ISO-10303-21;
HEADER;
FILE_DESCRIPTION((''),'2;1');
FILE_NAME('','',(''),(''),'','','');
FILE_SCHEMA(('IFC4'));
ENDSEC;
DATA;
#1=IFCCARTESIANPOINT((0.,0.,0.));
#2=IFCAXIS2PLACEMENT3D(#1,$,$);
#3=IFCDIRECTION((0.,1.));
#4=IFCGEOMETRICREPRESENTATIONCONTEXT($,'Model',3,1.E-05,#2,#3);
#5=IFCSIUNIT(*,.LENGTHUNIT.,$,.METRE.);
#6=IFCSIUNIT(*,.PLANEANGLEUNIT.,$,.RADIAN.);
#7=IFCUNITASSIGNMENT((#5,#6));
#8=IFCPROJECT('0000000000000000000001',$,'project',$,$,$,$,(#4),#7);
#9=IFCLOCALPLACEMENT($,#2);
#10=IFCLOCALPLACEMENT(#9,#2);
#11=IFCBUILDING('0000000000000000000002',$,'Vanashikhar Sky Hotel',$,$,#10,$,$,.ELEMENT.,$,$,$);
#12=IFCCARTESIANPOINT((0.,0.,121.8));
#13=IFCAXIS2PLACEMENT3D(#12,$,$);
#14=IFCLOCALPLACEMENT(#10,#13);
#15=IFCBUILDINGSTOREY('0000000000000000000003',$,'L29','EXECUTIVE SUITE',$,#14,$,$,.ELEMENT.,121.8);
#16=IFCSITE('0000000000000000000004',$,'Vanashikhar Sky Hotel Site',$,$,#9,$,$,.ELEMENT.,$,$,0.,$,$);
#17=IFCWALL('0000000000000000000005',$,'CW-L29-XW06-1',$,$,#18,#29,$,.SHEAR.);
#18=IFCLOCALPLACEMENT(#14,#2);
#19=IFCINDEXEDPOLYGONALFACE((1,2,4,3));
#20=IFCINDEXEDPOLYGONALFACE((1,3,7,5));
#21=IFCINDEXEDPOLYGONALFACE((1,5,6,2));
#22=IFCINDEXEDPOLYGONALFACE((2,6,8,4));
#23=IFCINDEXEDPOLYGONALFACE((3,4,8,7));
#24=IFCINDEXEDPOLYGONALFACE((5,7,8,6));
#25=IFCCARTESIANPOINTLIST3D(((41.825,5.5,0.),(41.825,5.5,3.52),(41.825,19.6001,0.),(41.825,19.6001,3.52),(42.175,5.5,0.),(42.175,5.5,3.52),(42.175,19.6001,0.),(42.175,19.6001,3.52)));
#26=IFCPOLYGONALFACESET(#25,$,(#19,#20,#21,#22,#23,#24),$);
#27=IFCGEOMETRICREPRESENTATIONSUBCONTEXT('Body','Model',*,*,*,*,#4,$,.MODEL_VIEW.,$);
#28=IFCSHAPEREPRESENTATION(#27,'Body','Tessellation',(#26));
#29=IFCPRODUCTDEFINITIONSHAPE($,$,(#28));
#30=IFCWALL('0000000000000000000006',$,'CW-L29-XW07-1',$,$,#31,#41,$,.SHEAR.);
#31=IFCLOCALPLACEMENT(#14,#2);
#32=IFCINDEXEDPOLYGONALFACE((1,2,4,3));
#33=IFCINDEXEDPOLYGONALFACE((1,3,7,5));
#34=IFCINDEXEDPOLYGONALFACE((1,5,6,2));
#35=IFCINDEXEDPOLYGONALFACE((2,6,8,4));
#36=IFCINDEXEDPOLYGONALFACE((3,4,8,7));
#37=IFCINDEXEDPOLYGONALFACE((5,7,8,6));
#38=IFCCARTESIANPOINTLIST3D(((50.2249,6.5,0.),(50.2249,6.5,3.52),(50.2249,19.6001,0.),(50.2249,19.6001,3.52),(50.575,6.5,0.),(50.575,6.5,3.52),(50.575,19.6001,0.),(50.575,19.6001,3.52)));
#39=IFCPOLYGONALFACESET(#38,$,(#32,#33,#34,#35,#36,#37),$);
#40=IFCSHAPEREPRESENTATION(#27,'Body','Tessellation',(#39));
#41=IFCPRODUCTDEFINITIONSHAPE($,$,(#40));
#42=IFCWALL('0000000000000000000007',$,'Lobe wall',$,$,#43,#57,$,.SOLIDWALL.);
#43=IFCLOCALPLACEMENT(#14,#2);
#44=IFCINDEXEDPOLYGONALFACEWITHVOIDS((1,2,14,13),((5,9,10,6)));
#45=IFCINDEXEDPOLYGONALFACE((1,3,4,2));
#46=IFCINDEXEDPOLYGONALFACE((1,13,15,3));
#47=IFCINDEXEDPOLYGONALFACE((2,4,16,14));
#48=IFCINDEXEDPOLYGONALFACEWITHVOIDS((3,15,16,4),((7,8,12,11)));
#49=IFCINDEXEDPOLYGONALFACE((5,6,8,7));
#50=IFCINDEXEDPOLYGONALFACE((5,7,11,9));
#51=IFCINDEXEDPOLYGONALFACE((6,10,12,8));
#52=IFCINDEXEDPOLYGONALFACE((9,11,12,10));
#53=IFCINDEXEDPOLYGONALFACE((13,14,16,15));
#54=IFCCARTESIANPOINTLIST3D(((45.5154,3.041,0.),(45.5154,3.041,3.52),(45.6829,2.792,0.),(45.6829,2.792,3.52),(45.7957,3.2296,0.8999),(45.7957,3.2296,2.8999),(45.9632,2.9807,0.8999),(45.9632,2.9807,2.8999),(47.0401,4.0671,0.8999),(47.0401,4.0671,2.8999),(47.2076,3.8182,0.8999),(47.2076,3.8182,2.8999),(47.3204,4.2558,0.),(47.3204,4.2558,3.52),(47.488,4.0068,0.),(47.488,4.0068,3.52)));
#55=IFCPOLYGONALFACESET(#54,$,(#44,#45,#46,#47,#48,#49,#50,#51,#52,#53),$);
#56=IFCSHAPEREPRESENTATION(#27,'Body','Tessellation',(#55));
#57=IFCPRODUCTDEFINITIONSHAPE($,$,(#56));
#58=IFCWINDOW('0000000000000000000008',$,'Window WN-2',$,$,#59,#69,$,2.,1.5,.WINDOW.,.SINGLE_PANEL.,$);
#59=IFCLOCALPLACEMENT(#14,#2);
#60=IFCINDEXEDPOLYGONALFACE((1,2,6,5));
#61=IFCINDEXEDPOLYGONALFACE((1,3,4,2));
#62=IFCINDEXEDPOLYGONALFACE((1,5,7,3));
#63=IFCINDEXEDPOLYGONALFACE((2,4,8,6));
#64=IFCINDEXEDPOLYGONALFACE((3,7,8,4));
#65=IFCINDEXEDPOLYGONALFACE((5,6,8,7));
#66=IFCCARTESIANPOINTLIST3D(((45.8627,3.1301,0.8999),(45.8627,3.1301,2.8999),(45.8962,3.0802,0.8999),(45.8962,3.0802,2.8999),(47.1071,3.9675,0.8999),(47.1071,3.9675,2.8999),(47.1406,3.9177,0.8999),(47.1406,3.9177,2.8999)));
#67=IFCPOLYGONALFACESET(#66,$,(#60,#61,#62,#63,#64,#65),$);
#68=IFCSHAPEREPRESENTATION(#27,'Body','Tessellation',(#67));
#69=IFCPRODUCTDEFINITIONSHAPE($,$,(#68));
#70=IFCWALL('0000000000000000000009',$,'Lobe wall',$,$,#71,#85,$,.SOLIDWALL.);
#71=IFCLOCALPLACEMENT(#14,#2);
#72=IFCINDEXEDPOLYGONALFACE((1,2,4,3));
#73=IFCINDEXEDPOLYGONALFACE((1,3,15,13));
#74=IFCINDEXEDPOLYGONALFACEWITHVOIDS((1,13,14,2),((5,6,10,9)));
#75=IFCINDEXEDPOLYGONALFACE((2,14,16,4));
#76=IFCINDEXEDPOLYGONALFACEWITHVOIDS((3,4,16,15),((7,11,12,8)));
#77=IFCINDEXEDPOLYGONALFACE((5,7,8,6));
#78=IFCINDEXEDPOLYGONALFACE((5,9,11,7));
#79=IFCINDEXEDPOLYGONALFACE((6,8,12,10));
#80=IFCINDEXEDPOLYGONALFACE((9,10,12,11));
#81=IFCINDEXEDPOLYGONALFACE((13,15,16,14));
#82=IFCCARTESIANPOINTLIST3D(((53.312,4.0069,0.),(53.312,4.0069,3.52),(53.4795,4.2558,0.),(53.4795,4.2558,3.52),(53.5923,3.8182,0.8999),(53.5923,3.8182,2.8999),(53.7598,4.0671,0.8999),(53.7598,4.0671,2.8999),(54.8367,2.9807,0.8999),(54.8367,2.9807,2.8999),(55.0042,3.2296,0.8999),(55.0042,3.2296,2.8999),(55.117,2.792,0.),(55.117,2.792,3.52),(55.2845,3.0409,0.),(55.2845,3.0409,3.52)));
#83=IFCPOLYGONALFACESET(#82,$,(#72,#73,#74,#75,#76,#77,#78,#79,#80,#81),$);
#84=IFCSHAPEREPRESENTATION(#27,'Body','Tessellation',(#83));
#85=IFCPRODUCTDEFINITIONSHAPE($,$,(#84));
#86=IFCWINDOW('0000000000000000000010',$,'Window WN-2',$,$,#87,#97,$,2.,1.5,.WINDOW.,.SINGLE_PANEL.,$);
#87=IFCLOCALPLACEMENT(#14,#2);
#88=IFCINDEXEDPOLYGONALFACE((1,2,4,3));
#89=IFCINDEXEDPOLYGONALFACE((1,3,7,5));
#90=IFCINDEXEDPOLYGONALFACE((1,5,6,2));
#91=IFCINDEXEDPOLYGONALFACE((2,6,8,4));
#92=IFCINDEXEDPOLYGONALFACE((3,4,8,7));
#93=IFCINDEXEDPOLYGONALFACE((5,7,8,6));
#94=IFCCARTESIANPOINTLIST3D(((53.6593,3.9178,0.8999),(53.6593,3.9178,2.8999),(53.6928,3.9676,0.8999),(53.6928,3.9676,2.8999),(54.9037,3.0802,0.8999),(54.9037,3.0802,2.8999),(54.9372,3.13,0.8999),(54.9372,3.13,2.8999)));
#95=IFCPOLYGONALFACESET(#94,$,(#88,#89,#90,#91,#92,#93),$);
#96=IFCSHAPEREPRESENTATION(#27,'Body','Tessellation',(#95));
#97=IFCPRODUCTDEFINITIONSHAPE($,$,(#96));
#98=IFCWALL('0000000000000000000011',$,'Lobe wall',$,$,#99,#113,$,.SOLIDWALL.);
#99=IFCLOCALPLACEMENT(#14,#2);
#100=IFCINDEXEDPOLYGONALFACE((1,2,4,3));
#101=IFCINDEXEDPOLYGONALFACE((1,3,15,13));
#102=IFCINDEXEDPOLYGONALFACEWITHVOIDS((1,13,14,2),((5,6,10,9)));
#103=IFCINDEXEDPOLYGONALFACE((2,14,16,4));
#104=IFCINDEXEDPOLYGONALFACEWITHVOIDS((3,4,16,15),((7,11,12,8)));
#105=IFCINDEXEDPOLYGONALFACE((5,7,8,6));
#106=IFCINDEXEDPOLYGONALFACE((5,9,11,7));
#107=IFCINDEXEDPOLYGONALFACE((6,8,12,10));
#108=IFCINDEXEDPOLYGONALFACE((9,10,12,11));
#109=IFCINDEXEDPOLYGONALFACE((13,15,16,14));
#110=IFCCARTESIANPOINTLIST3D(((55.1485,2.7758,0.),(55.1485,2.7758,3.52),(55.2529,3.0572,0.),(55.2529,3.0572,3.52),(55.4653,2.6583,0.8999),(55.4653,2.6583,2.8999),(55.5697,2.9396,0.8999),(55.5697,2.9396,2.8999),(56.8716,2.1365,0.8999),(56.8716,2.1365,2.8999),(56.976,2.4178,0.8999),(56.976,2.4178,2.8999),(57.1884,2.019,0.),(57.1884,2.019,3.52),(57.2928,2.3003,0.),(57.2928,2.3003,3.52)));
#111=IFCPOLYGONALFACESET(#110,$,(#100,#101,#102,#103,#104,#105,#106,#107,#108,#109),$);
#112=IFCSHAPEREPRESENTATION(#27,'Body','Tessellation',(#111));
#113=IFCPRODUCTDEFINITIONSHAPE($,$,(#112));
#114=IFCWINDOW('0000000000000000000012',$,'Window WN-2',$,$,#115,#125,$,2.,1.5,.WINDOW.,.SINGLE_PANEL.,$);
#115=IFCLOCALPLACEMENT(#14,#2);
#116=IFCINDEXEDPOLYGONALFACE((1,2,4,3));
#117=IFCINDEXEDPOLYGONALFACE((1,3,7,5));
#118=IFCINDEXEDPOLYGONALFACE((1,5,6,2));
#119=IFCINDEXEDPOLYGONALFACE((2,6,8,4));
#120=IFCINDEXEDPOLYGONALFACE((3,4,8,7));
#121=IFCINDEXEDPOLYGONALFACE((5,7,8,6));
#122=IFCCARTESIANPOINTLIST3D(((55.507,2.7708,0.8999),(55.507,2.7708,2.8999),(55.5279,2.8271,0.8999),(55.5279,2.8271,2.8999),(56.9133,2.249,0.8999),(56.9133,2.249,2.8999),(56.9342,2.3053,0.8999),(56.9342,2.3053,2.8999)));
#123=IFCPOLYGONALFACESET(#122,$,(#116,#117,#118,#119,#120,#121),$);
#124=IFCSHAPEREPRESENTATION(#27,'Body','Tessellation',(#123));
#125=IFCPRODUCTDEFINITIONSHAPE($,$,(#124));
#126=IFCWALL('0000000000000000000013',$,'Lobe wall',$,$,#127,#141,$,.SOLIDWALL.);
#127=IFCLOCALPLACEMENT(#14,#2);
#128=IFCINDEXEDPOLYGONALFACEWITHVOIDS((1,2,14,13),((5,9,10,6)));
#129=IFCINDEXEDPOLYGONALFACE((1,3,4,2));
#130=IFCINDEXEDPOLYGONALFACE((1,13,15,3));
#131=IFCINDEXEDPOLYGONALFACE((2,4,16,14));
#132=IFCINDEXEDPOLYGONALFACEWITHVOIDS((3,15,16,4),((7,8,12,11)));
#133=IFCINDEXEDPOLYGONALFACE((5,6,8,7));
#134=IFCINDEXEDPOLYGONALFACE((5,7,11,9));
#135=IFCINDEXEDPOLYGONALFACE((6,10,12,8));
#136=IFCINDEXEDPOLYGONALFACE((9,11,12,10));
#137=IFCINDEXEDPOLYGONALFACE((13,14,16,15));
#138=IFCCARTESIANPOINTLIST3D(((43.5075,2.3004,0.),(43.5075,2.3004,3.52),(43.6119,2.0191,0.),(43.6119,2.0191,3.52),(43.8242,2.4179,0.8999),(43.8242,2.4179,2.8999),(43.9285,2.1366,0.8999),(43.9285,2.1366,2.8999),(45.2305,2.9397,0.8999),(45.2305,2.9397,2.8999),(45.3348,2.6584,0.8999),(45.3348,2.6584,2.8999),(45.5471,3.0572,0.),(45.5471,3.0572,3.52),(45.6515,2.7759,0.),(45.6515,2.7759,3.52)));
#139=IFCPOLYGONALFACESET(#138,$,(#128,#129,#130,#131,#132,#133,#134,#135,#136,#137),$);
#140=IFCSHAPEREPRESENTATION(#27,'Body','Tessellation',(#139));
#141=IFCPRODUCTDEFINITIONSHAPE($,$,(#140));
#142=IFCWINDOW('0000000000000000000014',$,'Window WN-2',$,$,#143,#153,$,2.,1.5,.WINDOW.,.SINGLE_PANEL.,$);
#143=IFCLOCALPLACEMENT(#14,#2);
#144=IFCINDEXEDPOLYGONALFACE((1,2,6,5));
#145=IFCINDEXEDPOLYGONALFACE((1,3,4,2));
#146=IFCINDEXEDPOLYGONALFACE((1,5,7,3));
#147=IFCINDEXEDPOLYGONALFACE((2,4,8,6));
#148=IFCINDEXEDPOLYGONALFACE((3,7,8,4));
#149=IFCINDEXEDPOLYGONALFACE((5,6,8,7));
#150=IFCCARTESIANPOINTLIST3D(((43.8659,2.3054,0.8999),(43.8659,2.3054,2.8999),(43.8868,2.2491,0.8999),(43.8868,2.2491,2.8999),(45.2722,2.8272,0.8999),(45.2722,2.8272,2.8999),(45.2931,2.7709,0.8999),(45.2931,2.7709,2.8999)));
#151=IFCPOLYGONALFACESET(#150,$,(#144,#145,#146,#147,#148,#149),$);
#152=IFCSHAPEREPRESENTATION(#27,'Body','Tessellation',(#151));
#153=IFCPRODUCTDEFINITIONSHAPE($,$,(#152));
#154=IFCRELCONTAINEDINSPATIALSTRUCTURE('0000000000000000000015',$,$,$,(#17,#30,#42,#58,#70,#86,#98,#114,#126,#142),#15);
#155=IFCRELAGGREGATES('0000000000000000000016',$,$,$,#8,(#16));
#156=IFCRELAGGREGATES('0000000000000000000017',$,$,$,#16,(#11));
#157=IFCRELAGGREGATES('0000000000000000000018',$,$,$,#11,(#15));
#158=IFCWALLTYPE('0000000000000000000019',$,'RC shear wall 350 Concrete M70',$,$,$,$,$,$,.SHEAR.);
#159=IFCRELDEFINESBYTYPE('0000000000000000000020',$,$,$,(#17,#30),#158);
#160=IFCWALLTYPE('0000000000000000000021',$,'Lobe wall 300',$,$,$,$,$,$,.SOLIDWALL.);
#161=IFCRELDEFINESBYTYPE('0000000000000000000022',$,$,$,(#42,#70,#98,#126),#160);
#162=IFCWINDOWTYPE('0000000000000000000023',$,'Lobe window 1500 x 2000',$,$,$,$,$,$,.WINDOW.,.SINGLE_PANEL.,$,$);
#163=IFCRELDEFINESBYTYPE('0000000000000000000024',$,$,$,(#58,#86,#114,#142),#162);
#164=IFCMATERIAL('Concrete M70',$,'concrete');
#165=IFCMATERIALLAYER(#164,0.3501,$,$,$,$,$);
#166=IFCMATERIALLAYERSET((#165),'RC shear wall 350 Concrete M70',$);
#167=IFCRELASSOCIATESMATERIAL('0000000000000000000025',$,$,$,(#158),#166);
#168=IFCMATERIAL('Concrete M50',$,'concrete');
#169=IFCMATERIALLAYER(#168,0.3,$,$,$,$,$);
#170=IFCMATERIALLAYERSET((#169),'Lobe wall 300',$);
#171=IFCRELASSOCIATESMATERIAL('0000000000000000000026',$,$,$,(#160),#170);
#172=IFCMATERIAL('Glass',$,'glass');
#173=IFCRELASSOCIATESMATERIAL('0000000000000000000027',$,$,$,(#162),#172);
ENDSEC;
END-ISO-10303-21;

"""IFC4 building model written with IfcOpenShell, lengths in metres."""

from ifc_helpers import new_model, si_unit, direction, frame, frame_2d, origin, place, context, subcontext, project, spatial, rectangle, extrude, source, transform, mapped, material, layer, layer_set, type_object, element, fill, save


model = new_model("IFC4")

# Units and contexts
model_context = context("Model", 3, precision=1e-05, world=origin(), true_north=direction((0.0, 1.0)))
body_context = subcontext(model_context, "Body", "Model", "MODEL_VIEW")
ifc_project = project(units=[si_unit("LENGTHUNIT", "METRE"), si_unit("PLANEANGLEUNIT", "RADIAN")], contexts=[model_context])

# Site, building, storey
site_placement = place(None, origin())
site = spatial("IfcSite", under=ifc_project, at=site_placement, Name="Vanashikhar Sky Hotel Site", CompositionType="ELEMENT", RefElevation=0.0)
building_placement = place(site_placement, origin())
building = spatial("IfcBuilding", under=site, at=building_placement, Name="Vanashikhar Sky Hotel", CompositionType="ELEMENT")
storey_placement = place(building_placement, frame((0.0, 0.0, 121.8)))
storey = spatial("IfcBuildingStorey", under=building, at=storey_placement, Name="L29", Description="EXECUTIVE SUITE", CompositionType="ELEMENT", Elevation=121.8)

# Walls
ifc_material_1 = material(Name="Concrete M70", Category="concrete")
ifc_layer_1 = layer(ifc_material_1, 0.3501)
ifc_layer_set_1 = layer_set([ifc_layer_1], Name="RC shear wall 350 Concrete M70")
wall_type_1 = type_object("IfcWallType", Name="RC shear wall 350 Concrete M70", PredefinedType="SHEAR", material=ifc_layer_set_1)
shared_shape_1 = source(origin(), body_context, "Body", "SweptSolid", [
    extrude(rectangle(XDim=14.1001, YDim=0.3501, at=frame_2d((7.05, 0.0))), origin(), (0.0, 0.0, 1.0), 3.52),
])
wall_1_placement = place(storey_placement, frame((42.0, 5.5, 0.0), z_axis=(0.0, 0.0, 1.0), x_axis=(0.0, 1.0, 0.0)))
element("IfcWall", 1, at=wall_1_placement, inside=storey, type_object=wall_type_1, Name="CW-L29-XW06-1", PredefinedType="SHEAR", context=body_context, shape_type="MappedRepresentation", body=[
    mapped(shared_shape_1, transform((0.0, 0.0, 0.0), scale=1.0)),
])
shared_shape_2 = source(origin(), body_context, "Body", "SweptSolid", [
    extrude(rectangle(XDim=13.1001, YDim=0.3501, at=frame_2d((6.55, 0.0))), origin(), (0.0, 0.0, 1.0), 3.52),
])
wall_2_placement = place(storey_placement, frame((50.3999, 6.5, 0.0), z_axis=(0.0, 0.0, 1.0), x_axis=(0.0, 1.0, 0.0)))
element("IfcWall", 2, at=wall_2_placement, inside=storey, type_object=wall_type_1, Name="CW-L29-XW07-1", PredefinedType="SHEAR", context=body_context, shape_type="MappedRepresentation", body=[
    mapped(shared_shape_2, transform((0.0, 0.0, 0.0), scale=1.0)),
])

# Walls, openings, windows
ifc_material_2 = material(Name="Concrete M50", Category="concrete")
ifc_layer_2 = layer(ifc_material_2, 0.3)
ifc_layer_set_2 = layer_set([ifc_layer_2], Name="Lobe wall 300")
wall_type_2 = type_object("IfcWallType", Name="Lobe wall 300", PredefinedType="SOLIDWALL", material=ifc_layer_set_2)
shared_shape_3 = source(origin(), body_context, "Body", "SweptSolid", [
    extrude(rectangle(XDim=2.1758, YDim=0.3, at=frame_2d((1.0879, 0.0))), origin(), (0.0, 0.0, 1.0), 3.52),
])
wall_3_placement = place(storey_placement, frame((45.5991, 2.9165, 0.0), z_axis=(0.0, 0.0, 1.0), x_axis=(0.829626, 0.55832, 0.0)))
wall_3 = element("IfcWall", 3, at=wall_3_placement, inside=storey, type_object=wall_type_2, Name="Lobe wall", PredefinedType="SOLIDWALL", context=body_context, shape_type="MappedRepresentation", body=[
    mapped(shared_shape_3, transform((0.0, 0.0, 0.0), scale=1.0)),
])
shared_shape_4 = source(origin(), body_context, "Body", "SweptSolid", [
    extrude(rectangle(XDim=1.5, YDim=2.0, at=frame_2d((0.75, 1.0))), frame((0.0, 0.1602, 0.0), z_axis=(0.0, -1.0, 0.0), x_axis=(1.0, 0.0, 0.0)), (0.0, 0.0, 1.0), 0.3201),
])
opening_1_placement = place(wall_3_placement, frame((0.3379, 0.0, 0.8999)))
opening_1 = element("IfcOpeningElement", 4, at=opening_1_placement, cuts=wall_3, PredefinedType="OPENING", context=body_context, shape_type="MappedRepresentation", body=[
    mapped(shared_shape_4, transform((0.0, 0.0, 0.0), scale=1.0)),
])
ifc_material_3 = material(Name="Glass", Category="glass")
window_type = type_object("IfcWindowType", Name="Lobe window 1500 x 2000", PartitioningType="SINGLE_PANEL", PredefinedType="WINDOW", material=ifc_material_3)
shared_shape_5 = source(origin(), body_context, "Body", "SweptSolid", [
    extrude(rectangle(XDim=1.5, YDim=2.0, at=frame_2d((0.75, 1.0))), frame((0.0, 0.03, 0.0), z_axis=(0.0, -1.0, 0.0), x_axis=(1.0, 0.0, 0.0)), (0.0, 0.0, 1.0), 0.0601),
])
window_1_placement = place(opening_1_placement, origin())
window_1 = element("IfcWindow", 5, at=window_1_placement, inside=storey, type_object=window_type, Name="Window WN-2", OverallHeight=2.0, OverallWidth=1.5, PartitioningType="SINGLE_PANEL", PredefinedType="WINDOW", context=body_context, shape_type="MappedRepresentation", body=[
    mapped(shared_shape_5, transform((0.0, 0.0, 0.0), scale=1.0)),
])
fill(opening_1, window_1)
wall_4_placement = place(storey_placement, frame((53.3958, 4.1313, 0.0), z_axis=(0.0, 0.0, 1.0), x_axis=(0.829591, -0.558372, 0.0)))
wall_4 = element("IfcWall", 6, at=wall_4_placement, inside=storey, type_object=wall_type_2, Name="Lobe wall", PredefinedType="SOLIDWALL", context=body_context, shape_type="MappedRepresentation", body=[
    mapped(shared_shape_3, transform((0.0, 0.0, 0.0), scale=1.0)),
])
opening_2_placement = place(wall_4_placement, frame((0.3379, 0.0, 0.8999)))
opening_2 = element("IfcOpeningElement", 7, at=opening_2_placement, cuts=wall_4, PredefinedType="OPENING", context=body_context, shape_type="MappedRepresentation", body=[
    mapped(shared_shape_4, transform((0.0, 0.0, 0.0), scale=1.0)),
])
window_2_placement = place(opening_2_placement, origin())
window_2 = element("IfcWindow", 8, at=window_2_placement, inside=storey, type_object=window_type, Name="Window WN-2", OverallHeight=2.0, OverallWidth=1.5, PartitioningType="SINGLE_PANEL", PredefinedType="WINDOW", context=body_context, shape_type="MappedRepresentation", body=[
    mapped(shared_shape_5, transform((0.0, 0.0, 0.0), scale=1.0)),
])
fill(opening_2, window_2)
wall_5_placement = place(storey_placement, frame((55.2007, 2.9165, 0.0), z_axis=(0.0, 0.0, 1.0), x_axis=(0.937546, -0.347863, 0.0)))
wall_5 = element("IfcWall", 9, at=wall_5_placement, inside=storey, type_object=wall_type_2, Name="Lobe wall", PredefinedType="SOLIDWALL", context=body_context, shape_type="MappedRepresentation", body=[
    mapped(shared_shape_3, transform((0.0, 0.0, 0.0), scale=1.0)),
])
opening_3_placement = place(wall_5_placement, frame((0.3379, 0.0, 0.8999)))
opening_3 = element("IfcOpeningElement", 10, at=opening_3_placement, cuts=wall_5, PredefinedType="OPENING", context=body_context, shape_type="MappedRepresentation", body=[
    mapped(shared_shape_4, transform((0.0, 0.0, 0.0), scale=1.0)),
])
window_3_placement = place(opening_3_placement, origin())
window_3 = element("IfcWindow", 11, at=window_3_placement, inside=storey, type_object=window_type, Name="Window WN-2", OverallHeight=2.0, OverallWidth=1.5, PartitioningType="SINGLE_PANEL", PredefinedType="WINDOW", context=body_context, shape_type="MappedRepresentation", body=[
    mapped(shared_shape_5, transform((0.0, 0.0, 0.0), scale=1.0)),
])
fill(opening_3, window_3)
shared_shape_6 = source(origin(), body_context, "Body", "SweptSolid", [
    extrude(rectangle(XDim=2.1755, YDim=0.3, at=frame_2d((1.0879, 0.0))), origin(), (0.0, 0.0, 1.0), 3.52),
])
wall_6_placement = place(storey_placement, frame((43.5596, 2.1597, 0.0), z_axis=(0.0, 0.0, 1.0), x_axis=(0.937532, 0.347899, 0.0)))
wall_6 = element("IfcWall", 12, at=wall_6_placement, inside=storey, type_object=wall_type_2, Name="Lobe wall", PredefinedType="SOLIDWALL", context=body_context, shape_type="MappedRepresentation", body=[
    mapped(shared_shape_6, transform((0.0, 0.0, 0.0), scale=1.0)),
])
opening_4_placement = place(wall_6_placement, frame((0.3379, 0.0, 0.8999)))
opening_4 = element("IfcOpeningElement", 13, at=opening_4_placement, cuts=wall_6, PredefinedType="OPENING", context=body_context, shape_type="MappedRepresentation", body=[
    mapped(shared_shape_4, transform((0.0, 0.0, 0.0), scale=1.0)),
])
window_4_placement = place(opening_4_placement, origin())
window_4 = element("IfcWindow", 14, at=window_4_placement, inside=storey, type_object=window_type, Name="Window WN-2", OverallHeight=2.0, OverallWidth=1.5, PartitioningType="SINGLE_PANEL", PredefinedType="WINDOW", context=body_context, shape_type="MappedRepresentation", body=[
    mapped(shared_shape_5, transform((0.0, 0.0, 0.0), scale=1.0)),
])
fill(opening_4, window_4)

save(model, "model.ifc")
